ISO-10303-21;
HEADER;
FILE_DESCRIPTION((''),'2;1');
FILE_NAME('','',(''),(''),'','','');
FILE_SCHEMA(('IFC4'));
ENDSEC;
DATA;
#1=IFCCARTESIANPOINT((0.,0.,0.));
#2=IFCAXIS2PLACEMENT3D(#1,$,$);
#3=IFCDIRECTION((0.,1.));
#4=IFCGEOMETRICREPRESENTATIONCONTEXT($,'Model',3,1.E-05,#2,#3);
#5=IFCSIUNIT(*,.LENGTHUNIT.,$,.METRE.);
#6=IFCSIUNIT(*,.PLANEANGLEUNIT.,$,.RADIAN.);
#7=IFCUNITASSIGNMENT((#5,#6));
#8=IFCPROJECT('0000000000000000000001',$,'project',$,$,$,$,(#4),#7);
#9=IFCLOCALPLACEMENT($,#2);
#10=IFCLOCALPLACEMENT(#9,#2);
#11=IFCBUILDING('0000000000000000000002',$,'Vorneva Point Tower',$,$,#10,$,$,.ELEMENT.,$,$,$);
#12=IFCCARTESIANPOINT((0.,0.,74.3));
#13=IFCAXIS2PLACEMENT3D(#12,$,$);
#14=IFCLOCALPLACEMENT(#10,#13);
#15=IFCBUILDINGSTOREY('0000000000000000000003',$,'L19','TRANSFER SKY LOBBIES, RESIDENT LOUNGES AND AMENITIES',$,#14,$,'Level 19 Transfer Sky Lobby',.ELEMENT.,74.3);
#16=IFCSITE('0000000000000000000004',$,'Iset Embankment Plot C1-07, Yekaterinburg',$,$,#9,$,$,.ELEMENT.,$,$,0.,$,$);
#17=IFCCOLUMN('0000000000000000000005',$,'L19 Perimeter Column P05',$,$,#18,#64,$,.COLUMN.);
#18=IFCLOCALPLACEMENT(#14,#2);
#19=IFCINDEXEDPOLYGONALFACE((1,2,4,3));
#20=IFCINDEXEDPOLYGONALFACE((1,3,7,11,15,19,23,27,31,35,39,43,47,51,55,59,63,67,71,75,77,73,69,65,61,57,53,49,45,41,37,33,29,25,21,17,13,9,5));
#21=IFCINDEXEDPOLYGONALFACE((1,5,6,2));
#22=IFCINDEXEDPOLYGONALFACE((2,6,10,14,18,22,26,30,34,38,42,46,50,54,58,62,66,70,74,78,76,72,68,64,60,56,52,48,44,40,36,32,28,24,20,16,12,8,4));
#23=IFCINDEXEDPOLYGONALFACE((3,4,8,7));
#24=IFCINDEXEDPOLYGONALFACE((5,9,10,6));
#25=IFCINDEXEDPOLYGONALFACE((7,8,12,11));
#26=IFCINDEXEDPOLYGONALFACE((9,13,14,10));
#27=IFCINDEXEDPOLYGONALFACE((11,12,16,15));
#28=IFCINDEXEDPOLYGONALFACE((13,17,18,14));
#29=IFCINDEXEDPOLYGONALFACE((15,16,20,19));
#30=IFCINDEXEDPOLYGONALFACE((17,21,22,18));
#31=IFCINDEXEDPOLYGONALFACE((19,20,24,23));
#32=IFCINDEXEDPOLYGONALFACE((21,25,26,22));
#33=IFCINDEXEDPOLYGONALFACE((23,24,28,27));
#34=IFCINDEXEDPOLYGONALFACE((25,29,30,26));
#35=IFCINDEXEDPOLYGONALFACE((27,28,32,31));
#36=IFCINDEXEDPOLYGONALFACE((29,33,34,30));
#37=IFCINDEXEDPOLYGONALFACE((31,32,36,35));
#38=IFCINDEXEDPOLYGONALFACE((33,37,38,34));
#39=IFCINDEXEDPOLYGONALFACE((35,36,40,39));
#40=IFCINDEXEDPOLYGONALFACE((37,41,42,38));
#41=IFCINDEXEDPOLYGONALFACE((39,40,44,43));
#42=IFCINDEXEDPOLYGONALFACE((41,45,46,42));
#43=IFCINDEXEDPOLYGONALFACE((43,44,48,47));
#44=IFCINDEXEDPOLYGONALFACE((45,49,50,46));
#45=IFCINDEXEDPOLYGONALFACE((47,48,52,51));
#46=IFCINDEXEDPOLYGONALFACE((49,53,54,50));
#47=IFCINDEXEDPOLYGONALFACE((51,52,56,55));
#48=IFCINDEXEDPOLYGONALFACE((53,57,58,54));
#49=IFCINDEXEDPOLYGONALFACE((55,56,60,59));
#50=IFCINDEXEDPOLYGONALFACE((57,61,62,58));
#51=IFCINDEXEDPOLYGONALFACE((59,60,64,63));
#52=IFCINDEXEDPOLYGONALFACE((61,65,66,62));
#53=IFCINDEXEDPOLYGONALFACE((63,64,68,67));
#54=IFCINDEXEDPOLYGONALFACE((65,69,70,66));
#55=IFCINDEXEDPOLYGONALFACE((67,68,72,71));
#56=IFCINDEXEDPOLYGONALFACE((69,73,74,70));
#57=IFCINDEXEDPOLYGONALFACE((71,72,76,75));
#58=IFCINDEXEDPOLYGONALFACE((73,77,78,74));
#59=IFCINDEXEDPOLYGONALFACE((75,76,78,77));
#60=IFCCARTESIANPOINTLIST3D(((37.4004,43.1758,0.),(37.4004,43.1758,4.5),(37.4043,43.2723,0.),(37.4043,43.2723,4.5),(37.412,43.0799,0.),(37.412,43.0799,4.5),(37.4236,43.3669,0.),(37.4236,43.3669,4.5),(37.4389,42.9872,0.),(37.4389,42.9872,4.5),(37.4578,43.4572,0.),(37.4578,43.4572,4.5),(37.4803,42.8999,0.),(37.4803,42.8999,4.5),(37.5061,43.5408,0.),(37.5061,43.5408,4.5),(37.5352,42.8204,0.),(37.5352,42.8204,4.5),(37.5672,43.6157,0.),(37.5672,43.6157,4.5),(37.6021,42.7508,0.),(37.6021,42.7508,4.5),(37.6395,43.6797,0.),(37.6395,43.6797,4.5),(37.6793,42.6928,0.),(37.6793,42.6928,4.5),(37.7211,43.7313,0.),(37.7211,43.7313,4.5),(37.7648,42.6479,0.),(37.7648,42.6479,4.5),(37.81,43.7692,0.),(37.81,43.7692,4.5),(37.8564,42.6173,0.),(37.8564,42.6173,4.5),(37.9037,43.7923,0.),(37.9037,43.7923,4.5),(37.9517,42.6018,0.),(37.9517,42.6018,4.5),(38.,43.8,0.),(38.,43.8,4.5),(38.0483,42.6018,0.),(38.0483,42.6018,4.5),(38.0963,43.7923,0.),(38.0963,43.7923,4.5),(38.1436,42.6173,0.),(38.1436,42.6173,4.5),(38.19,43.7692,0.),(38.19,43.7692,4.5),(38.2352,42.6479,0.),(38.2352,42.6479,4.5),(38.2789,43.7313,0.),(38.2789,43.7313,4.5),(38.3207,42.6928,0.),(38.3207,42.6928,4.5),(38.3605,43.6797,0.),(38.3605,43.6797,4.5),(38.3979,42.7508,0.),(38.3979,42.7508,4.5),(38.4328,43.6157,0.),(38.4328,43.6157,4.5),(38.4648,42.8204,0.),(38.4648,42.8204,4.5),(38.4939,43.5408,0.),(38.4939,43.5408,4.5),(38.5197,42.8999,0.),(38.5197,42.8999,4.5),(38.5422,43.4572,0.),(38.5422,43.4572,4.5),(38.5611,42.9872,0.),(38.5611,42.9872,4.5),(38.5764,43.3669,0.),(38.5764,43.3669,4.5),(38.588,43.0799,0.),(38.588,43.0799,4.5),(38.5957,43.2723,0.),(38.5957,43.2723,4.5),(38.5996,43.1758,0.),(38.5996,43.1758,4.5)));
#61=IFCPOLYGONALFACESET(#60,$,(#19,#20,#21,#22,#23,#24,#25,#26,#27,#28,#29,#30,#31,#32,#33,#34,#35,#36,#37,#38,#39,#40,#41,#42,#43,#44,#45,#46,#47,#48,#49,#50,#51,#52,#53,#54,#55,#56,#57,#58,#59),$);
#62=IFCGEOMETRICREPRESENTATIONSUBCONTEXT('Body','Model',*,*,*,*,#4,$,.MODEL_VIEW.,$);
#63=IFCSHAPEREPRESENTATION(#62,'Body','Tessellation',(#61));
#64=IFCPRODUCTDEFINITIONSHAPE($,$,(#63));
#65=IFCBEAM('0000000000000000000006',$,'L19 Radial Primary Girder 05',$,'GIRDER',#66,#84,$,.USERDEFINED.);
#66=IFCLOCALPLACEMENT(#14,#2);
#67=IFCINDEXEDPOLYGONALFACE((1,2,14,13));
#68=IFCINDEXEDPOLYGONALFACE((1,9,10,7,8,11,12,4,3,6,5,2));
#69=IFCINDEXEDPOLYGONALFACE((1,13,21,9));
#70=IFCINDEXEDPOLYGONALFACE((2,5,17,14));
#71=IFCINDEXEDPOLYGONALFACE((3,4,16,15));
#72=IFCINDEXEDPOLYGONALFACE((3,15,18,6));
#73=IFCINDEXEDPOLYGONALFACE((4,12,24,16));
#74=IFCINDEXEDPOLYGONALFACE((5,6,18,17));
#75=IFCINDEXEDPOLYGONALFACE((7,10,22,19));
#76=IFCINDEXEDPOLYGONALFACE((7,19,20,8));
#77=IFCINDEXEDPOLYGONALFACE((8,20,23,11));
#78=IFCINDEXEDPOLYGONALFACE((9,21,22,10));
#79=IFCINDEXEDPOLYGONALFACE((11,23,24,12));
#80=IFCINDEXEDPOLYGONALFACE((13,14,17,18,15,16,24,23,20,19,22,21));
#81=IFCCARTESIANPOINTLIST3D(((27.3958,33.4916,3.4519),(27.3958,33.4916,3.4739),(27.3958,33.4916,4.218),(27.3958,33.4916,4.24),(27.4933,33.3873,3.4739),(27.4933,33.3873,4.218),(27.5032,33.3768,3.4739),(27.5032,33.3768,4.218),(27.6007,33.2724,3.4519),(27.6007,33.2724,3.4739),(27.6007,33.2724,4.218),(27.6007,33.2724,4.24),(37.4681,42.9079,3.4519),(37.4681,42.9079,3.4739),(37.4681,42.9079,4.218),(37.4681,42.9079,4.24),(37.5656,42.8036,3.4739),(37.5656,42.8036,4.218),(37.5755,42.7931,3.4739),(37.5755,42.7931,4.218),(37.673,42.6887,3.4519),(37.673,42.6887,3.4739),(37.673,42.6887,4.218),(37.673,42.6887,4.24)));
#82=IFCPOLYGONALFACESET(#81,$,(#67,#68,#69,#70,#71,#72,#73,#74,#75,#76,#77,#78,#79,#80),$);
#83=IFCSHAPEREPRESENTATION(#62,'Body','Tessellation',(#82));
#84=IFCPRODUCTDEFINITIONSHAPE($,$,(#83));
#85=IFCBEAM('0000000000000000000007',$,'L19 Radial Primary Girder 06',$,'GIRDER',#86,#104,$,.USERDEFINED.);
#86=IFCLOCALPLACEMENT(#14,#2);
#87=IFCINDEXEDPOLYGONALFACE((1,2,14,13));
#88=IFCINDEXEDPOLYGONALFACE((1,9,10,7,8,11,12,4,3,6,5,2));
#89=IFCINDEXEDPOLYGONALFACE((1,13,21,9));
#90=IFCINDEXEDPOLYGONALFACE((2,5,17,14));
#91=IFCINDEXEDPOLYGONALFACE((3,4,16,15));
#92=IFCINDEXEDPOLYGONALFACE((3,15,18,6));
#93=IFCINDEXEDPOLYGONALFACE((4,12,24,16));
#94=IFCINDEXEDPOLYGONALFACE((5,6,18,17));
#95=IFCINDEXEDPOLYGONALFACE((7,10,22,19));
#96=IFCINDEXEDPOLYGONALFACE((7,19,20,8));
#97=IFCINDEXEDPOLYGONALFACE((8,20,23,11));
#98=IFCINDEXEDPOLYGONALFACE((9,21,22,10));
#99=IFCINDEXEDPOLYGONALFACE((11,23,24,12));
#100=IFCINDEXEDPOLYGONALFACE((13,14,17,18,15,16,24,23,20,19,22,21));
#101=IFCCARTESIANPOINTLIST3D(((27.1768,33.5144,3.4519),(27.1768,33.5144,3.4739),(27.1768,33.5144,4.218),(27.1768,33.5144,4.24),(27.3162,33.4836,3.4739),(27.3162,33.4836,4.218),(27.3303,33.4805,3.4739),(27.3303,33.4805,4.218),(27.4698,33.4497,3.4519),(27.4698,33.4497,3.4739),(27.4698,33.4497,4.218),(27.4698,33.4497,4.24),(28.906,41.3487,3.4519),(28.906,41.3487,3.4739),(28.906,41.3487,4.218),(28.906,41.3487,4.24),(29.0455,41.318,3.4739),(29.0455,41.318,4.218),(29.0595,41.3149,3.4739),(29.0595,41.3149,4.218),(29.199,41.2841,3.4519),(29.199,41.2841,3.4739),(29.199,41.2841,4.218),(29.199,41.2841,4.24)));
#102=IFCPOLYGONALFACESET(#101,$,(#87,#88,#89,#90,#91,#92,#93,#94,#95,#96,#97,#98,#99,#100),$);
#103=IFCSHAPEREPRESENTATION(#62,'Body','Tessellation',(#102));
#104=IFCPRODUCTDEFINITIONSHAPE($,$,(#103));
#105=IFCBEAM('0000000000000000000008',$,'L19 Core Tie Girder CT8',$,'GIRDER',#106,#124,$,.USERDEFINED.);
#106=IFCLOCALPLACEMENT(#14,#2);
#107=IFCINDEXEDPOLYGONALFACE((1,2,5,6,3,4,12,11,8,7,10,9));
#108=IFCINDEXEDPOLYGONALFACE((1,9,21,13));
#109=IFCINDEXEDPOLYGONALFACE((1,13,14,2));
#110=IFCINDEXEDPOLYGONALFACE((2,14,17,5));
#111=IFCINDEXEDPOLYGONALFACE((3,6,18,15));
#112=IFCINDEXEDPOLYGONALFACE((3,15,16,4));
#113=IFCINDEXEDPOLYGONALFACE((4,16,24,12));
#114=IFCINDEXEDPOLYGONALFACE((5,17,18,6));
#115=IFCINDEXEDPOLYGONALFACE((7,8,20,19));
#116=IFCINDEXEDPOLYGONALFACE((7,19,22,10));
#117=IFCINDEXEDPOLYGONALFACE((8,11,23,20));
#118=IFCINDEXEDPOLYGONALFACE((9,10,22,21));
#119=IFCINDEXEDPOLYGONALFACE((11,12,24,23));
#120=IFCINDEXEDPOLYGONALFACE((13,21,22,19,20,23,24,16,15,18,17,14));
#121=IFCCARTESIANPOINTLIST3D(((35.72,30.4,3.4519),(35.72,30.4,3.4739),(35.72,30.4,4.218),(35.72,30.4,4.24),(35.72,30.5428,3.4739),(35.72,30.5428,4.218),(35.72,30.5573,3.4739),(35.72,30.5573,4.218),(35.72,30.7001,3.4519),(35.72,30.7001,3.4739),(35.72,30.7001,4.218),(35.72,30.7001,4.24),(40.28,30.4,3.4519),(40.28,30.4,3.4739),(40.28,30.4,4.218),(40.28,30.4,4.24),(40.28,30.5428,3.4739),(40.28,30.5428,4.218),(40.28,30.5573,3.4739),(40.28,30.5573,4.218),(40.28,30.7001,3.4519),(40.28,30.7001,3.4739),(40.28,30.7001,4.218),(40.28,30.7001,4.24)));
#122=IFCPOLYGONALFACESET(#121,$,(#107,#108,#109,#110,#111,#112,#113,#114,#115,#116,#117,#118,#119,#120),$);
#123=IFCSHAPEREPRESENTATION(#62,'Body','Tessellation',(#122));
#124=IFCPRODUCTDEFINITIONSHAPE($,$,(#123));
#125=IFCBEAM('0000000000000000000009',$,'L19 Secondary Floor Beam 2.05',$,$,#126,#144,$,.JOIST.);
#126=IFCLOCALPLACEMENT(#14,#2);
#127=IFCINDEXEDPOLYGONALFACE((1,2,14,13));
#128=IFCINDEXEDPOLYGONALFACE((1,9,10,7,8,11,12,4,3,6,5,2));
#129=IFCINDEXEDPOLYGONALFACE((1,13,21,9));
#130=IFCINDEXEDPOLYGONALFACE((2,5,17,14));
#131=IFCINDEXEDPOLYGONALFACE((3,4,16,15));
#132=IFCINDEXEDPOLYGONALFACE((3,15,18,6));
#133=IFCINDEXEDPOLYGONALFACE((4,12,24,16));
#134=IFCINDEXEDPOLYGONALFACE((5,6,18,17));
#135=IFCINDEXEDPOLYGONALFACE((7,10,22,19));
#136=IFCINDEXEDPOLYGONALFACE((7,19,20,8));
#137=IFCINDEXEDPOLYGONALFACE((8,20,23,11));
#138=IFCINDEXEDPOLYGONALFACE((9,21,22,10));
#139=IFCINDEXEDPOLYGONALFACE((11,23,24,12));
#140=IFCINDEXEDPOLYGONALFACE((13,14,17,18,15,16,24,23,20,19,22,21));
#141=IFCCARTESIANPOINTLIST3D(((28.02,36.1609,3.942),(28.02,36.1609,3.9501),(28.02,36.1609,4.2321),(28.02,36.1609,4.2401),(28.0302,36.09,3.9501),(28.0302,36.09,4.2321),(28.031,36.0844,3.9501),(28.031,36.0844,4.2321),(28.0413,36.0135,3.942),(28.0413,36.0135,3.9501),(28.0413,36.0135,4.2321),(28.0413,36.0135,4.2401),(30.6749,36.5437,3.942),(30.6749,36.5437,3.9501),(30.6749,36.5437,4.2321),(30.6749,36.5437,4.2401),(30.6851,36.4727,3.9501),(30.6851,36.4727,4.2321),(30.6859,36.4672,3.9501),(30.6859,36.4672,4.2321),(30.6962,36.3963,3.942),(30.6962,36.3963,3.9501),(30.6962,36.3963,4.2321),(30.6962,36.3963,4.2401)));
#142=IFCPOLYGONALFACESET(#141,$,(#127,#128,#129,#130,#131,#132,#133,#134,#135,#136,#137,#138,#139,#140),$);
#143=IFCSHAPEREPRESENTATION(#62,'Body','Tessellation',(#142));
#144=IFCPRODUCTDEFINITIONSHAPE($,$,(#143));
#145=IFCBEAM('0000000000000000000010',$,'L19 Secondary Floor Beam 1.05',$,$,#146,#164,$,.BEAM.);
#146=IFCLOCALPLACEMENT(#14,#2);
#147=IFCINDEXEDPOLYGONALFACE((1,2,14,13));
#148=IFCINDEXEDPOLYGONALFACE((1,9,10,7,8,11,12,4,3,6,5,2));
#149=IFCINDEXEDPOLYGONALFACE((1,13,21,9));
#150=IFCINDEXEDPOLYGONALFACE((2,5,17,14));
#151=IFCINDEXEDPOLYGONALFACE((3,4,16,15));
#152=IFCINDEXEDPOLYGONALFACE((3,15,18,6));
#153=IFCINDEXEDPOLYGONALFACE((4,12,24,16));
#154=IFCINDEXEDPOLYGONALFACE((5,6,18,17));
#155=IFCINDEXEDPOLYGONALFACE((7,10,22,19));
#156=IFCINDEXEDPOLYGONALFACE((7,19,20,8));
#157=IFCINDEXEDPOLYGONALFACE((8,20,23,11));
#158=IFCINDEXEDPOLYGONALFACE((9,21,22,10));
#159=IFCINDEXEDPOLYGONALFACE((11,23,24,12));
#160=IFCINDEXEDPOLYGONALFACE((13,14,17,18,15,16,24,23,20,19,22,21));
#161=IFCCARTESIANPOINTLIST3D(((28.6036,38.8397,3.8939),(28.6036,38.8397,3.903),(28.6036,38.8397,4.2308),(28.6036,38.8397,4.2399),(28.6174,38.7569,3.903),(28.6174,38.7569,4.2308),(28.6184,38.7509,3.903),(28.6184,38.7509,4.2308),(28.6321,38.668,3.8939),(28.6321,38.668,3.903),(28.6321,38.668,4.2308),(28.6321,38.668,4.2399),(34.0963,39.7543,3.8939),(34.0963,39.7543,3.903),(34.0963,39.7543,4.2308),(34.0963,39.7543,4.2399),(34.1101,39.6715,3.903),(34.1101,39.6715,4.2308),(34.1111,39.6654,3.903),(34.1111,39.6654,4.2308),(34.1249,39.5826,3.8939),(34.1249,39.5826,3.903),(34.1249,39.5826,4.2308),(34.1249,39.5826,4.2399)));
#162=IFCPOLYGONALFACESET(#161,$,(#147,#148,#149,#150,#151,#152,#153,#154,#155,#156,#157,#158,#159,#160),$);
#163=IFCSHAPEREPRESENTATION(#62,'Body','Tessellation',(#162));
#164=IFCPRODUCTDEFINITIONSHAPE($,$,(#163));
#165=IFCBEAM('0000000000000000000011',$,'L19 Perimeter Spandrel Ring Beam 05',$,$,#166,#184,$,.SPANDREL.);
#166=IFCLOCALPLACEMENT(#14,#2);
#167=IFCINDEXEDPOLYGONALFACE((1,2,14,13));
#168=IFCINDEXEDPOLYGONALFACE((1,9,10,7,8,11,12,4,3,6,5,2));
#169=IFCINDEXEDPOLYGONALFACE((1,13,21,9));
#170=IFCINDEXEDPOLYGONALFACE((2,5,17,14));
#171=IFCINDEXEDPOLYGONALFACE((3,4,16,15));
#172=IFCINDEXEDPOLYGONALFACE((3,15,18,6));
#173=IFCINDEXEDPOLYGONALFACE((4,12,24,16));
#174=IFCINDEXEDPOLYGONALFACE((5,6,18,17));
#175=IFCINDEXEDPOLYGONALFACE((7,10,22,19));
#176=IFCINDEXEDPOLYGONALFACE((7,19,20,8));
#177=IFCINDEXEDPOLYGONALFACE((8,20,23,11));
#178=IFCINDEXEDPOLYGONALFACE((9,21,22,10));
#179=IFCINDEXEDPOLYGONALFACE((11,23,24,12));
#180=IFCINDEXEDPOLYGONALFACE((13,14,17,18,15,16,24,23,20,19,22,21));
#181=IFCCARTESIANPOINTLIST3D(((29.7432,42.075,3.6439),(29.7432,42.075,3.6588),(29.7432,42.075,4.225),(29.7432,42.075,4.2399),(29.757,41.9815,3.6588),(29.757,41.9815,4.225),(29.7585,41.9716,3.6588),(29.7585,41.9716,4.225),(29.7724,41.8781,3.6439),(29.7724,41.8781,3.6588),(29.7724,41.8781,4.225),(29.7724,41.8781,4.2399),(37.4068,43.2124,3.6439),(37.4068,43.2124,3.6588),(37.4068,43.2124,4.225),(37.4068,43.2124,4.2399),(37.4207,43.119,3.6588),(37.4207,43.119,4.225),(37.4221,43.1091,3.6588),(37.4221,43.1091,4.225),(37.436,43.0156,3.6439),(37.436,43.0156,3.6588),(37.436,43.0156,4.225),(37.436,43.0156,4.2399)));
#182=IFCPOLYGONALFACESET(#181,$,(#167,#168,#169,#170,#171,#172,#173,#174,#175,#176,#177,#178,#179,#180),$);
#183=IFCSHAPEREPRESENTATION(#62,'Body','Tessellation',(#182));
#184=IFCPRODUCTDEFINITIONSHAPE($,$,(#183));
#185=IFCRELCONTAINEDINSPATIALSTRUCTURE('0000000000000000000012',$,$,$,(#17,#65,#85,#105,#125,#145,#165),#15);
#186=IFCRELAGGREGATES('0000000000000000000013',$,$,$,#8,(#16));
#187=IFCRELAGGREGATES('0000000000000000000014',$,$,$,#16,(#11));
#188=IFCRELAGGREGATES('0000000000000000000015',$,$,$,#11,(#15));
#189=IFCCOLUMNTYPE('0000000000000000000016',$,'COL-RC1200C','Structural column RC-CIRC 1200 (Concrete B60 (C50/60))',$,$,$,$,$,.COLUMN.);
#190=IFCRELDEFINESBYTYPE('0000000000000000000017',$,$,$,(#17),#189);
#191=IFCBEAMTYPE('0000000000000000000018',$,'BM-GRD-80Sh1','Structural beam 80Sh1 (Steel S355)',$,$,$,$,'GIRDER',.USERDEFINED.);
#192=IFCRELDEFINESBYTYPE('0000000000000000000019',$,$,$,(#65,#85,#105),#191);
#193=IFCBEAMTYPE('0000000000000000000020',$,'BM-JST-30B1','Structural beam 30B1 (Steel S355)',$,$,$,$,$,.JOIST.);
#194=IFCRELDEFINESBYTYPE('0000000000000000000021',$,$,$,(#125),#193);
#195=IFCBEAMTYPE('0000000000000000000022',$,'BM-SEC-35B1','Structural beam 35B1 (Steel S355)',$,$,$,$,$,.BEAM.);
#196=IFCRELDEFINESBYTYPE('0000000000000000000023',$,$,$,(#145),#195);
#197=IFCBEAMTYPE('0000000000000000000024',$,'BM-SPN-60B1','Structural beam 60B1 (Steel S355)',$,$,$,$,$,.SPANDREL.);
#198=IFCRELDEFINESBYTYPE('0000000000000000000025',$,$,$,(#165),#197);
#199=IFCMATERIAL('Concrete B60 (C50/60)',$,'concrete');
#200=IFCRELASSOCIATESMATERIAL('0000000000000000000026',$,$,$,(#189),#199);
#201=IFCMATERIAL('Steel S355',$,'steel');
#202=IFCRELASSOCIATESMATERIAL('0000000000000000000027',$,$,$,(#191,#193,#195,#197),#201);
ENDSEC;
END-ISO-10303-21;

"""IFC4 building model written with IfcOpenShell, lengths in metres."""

from ifc_helpers import new_model, si_unit, direction, frame, origin, origin_2d, place, context, subcontext, project, spatial, circle, i_section, extrude, material, material_profile, profile_set, type_object, element, save


model = new_model("IFC4")

# Units and contexts
model_context = context("Model", 3, precision=1e-05, world=origin(), true_north=direction((0.0, 1.0)))
body_context = subcontext(model_context, "Body", "Model", "MODEL_VIEW")
ifc_project = project(units=[si_unit("LENGTHUNIT", "METRE"), si_unit("PLANEANGLEUNIT", "RADIAN")], contexts=[model_context])

# Site, building, storey
site_placement = place(None, origin())
site = spatial("IfcSite", under=ifc_project, at=site_placement, Name="Iset Embankment Plot C1-07, Yekaterinburg", CompositionType="ELEMENT", RefElevation=0.0)
building_placement = place(site_placement, origin())
building = spatial("IfcBuilding", under=site, at=building_placement, Name="Vorneva Point Tower", CompositionType="ELEMENT")
storey_placement = place(building_placement, frame((0.0, 0.0, 74.3)))
storey = spatial("IfcBuildingStorey", under=building, at=storey_placement, Name="L19", Description="TRANSFER SKY LOBBIES, RESIDENT LOUNGES AND AMENITIES", LongName="Level 19 Transfer Sky Lobby", CompositionType="ELEMENT", Elevation=74.3)

# Column
ifc_material_1 = material(Name="Concrete B60 (C50/60)", Category="concrete")
ifc_material_profile_1 = material_profile(ifc_material_1, circle(Radius=0.6001, at=origin_2d()), Name="RC-CIRC 1200")
ifc_profile_set_1 = profile_set([ifc_material_profile_1], Name="Concrete B60 (C50/60)")
column_type = type_object("IfcColumnType", Name="COL-RC1200C", Description="Structural column RC-CIRC 1200 (Concrete B60 (C50/60))", PredefinedType="COLUMN", material=ifc_profile_set_1)
for number, where, z_axis, x_axis, name in (
    (1, (38.0, 43.2, 0.0), (0.0, 0.0, 1.0), (0.0, 1.0, 0.0), "L19 Perimeter Column P05"),
):
    element("IfcColumn", number, at=place(storey_placement, frame(where, z_axis=z_axis, x_axis=x_axis)), inside=storey, type_object=column_type, Name=name, PredefinedType="COLUMN", context=body_context, shape_type="SweptSolid", body=[
        extrude(circle(Radius=0.6001, at=origin_2d()), origin(), (0.0, 0.0, 1.0), 4.5),
    ])

# Beams
ifc_material_2 = material(Name="Steel S355", Category="steel")
ifc_material_profile_2 = material_profile(ifc_material_2, i_section(OverallWidth=0.3, OverallDepth=0.7881, WebThickness=0.0144, FlangeThickness=0.022, at=origin_2d()), Name="80Sh1")
ifc_profile_set_2 = profile_set([ifc_material_profile_2], Name="Steel S355")
beam_type_1 = type_object("IfcBeamType", Name="BM-GRD-80Sh1", Description="Structural beam 80Sh1 (Steel S355)", ElementType="GIRDER", PredefinedType="USERDEFINED", material=ifc_profile_set_2)
beam_1_placement = place(storey_placement, frame((37.5706, 42.7983, 3.8459), z_axis=(-0.730495, -0.682918, 0.0), x_axis=(0.682918, -0.730495, 0.0)))
element("IfcBeam", 2, at=beam_1_placement, inside=storey, type_object=beam_type_1, Name="L19 Radial Primary Girder 05", ObjectType="GIRDER", PredefinedType="USERDEFINED", context=body_context, shape_type="SweptSolid", body=[
    extrude(i_section(OverallWidth=0.3, OverallDepth=0.7881, WebThickness=0.0144, FlangeThickness=0.022, at=origin_2d()), origin(), (0.0, 0.0, 1.0), 13.7883),
])
beam_2_placement = place(storey_placement, frame((29.0525, 41.3164, 3.8459), z_axis=(-0.215535, -0.976496, 0.0), x_axis=(0.976496, -0.215535, 0.0)))
element("IfcBeam", 3, at=beam_2_placement, inside=storey, type_object=beam_type_1, Name="L19 Radial Primary Girder 06", ObjectType="GIRDER", PredefinedType="USERDEFINED", context=body_context, shape_type="SweptSolid", body=[
    extrude(i_section(OverallWidth=0.3, OverallDepth=0.7881, WebThickness=0.0144, FlangeThickness=0.022, at=origin_2d()), origin(), (0.0, 0.0, 1.0), 8.0229),
])
beam_3_placement = place(storey_placement, frame((35.72, 30.55, 3.8459), z_axis=(1.0, 0.0, 0.0), x_axis=(0.0, 1.0, 0.0)))
element("IfcBeam", 4, at=beam_3_placement, inside=storey, type_object=beam_type_1, Name="L19 Core Tie Girder CT8", ObjectType="GIRDER", PredefinedType="USERDEFINED", context=body_context, shape_type="SweptSolid", body=[
    extrude(i_section(OverallWidth=0.3, OverallDepth=0.7881, WebThickness=0.0144, FlangeThickness=0.022, at=origin_2d()), origin(), (0.0, 0.0, 1.0), 4.5601),
])
ifc_material_profile_3 = material_profile(ifc_material_2, i_section(OverallWidth=0.1489, OverallDepth=0.2981, WebThickness=0.0056, FlangeThickness=0.0081, at=origin_2d()), Name="30B1")
ifc_profile_set_3 = profile_set([ifc_material_profile_3], Name="Steel S355")
beam_type_2 = type_object("IfcBeamType", Name="BM-JST-30B1", Description="Structural beam 30B1 (Steel S355)", PredefinedType="JOIST", material=ifc_profile_set_3)
beam_4_placement = place(storey_placement, frame((30.6855, 36.47, 4.0911), z_axis=(-0.989765, -0.142708, 0.0), x_axis=(0.142708, -0.989765, 0.0)))
element("IfcBeam", 5, at=beam_4_placement, inside=storey, type_object=beam_type_2, Name="L19 Secondary Floor Beam 2.05", PredefinedType="JOIST", context=body_context, shape_type="SweptSolid", body=[
    extrude(i_section(OverallWidth=0.1489, OverallDepth=0.2981, WebThickness=0.0056, FlangeThickness=0.0081, at=origin_2d()), origin(), (0.0, 0.0, 1.0), 2.6824),
])
ifc_material_profile_4 = material_profile(ifc_material_2, i_section(OverallWidth=0.1741, OverallDepth=0.3459, WebThickness=0.0061, FlangeThickness=0.009, at=origin_2d()), Name="35B1")
ifc_profile_set_4 = profile_set([ifc_material_profile_4], Name="Steel S355")
beam_type_3 = type_object("IfcBeamType", Name="BM-SEC-35B1", Description="Structural beam 35B1 (Steel S355)", PredefinedType="BEAM", material=ifc_profile_set_4)
beam_5_placement = place(storey_placement, frame((34.1106, 39.6685, 4.0669), z_axis=(-0.98642, -0.164243, 0.0), x_axis=(0.164243, -0.98642, 0.0)))
element("IfcBeam", 6, at=beam_5_placement, inside=storey, type_object=beam_type_3, Name="L19 Secondary Floor Beam 1.05", PredefinedType="BEAM", context=body_context, shape_type="SweptSolid", body=[
    extrude(i_section(OverallWidth=0.1741, OverallDepth=0.3459, WebThickness=0.0061, FlangeThickness=0.009, at=origin_2d()), origin(), (0.0, 0.0, 1.0), 5.5684),
])
ifc_material_profile_5 = material_profile(ifc_material_2, i_section(OverallWidth=0.199, OverallDepth=0.5959, WebThickness=0.01, FlangeThickness=0.0149, at=origin_2d()), Name="60B1")
ifc_profile_set_5 = profile_set([ifc_material_profile_5], Name="Steel S355")
beam_type_4 = type_object("IfcBeamType", Name="BM-SPN-60B1", Description="Structural beam 60B1 (Steel S355)", PredefinedType="SPANDREL", material=ifc_profile_set_5)
beam_6_placement = place(storey_placement, frame((37.4214, 43.114, 3.9419), z_axis=(-0.989164, -0.146815, 0.0), x_axis=(0.146815, -0.989164, 0.0)))
element("IfcBeam", 7, at=beam_6_placement, inside=storey, type_object=beam_type_4, Name="L19 Perimeter Spandrel Ring Beam 05", PredefinedType="SPANDREL", context=body_context, shape_type="SweptSolid", body=[
    extrude(i_section(OverallWidth=0.199, OverallDepth=0.5959, WebThickness=0.01, FlangeThickness=0.0149, at=origin_2d()), origin(), (0.0, 0.0, 1.0), 7.7476),
])

save(model, "model.ifc")
